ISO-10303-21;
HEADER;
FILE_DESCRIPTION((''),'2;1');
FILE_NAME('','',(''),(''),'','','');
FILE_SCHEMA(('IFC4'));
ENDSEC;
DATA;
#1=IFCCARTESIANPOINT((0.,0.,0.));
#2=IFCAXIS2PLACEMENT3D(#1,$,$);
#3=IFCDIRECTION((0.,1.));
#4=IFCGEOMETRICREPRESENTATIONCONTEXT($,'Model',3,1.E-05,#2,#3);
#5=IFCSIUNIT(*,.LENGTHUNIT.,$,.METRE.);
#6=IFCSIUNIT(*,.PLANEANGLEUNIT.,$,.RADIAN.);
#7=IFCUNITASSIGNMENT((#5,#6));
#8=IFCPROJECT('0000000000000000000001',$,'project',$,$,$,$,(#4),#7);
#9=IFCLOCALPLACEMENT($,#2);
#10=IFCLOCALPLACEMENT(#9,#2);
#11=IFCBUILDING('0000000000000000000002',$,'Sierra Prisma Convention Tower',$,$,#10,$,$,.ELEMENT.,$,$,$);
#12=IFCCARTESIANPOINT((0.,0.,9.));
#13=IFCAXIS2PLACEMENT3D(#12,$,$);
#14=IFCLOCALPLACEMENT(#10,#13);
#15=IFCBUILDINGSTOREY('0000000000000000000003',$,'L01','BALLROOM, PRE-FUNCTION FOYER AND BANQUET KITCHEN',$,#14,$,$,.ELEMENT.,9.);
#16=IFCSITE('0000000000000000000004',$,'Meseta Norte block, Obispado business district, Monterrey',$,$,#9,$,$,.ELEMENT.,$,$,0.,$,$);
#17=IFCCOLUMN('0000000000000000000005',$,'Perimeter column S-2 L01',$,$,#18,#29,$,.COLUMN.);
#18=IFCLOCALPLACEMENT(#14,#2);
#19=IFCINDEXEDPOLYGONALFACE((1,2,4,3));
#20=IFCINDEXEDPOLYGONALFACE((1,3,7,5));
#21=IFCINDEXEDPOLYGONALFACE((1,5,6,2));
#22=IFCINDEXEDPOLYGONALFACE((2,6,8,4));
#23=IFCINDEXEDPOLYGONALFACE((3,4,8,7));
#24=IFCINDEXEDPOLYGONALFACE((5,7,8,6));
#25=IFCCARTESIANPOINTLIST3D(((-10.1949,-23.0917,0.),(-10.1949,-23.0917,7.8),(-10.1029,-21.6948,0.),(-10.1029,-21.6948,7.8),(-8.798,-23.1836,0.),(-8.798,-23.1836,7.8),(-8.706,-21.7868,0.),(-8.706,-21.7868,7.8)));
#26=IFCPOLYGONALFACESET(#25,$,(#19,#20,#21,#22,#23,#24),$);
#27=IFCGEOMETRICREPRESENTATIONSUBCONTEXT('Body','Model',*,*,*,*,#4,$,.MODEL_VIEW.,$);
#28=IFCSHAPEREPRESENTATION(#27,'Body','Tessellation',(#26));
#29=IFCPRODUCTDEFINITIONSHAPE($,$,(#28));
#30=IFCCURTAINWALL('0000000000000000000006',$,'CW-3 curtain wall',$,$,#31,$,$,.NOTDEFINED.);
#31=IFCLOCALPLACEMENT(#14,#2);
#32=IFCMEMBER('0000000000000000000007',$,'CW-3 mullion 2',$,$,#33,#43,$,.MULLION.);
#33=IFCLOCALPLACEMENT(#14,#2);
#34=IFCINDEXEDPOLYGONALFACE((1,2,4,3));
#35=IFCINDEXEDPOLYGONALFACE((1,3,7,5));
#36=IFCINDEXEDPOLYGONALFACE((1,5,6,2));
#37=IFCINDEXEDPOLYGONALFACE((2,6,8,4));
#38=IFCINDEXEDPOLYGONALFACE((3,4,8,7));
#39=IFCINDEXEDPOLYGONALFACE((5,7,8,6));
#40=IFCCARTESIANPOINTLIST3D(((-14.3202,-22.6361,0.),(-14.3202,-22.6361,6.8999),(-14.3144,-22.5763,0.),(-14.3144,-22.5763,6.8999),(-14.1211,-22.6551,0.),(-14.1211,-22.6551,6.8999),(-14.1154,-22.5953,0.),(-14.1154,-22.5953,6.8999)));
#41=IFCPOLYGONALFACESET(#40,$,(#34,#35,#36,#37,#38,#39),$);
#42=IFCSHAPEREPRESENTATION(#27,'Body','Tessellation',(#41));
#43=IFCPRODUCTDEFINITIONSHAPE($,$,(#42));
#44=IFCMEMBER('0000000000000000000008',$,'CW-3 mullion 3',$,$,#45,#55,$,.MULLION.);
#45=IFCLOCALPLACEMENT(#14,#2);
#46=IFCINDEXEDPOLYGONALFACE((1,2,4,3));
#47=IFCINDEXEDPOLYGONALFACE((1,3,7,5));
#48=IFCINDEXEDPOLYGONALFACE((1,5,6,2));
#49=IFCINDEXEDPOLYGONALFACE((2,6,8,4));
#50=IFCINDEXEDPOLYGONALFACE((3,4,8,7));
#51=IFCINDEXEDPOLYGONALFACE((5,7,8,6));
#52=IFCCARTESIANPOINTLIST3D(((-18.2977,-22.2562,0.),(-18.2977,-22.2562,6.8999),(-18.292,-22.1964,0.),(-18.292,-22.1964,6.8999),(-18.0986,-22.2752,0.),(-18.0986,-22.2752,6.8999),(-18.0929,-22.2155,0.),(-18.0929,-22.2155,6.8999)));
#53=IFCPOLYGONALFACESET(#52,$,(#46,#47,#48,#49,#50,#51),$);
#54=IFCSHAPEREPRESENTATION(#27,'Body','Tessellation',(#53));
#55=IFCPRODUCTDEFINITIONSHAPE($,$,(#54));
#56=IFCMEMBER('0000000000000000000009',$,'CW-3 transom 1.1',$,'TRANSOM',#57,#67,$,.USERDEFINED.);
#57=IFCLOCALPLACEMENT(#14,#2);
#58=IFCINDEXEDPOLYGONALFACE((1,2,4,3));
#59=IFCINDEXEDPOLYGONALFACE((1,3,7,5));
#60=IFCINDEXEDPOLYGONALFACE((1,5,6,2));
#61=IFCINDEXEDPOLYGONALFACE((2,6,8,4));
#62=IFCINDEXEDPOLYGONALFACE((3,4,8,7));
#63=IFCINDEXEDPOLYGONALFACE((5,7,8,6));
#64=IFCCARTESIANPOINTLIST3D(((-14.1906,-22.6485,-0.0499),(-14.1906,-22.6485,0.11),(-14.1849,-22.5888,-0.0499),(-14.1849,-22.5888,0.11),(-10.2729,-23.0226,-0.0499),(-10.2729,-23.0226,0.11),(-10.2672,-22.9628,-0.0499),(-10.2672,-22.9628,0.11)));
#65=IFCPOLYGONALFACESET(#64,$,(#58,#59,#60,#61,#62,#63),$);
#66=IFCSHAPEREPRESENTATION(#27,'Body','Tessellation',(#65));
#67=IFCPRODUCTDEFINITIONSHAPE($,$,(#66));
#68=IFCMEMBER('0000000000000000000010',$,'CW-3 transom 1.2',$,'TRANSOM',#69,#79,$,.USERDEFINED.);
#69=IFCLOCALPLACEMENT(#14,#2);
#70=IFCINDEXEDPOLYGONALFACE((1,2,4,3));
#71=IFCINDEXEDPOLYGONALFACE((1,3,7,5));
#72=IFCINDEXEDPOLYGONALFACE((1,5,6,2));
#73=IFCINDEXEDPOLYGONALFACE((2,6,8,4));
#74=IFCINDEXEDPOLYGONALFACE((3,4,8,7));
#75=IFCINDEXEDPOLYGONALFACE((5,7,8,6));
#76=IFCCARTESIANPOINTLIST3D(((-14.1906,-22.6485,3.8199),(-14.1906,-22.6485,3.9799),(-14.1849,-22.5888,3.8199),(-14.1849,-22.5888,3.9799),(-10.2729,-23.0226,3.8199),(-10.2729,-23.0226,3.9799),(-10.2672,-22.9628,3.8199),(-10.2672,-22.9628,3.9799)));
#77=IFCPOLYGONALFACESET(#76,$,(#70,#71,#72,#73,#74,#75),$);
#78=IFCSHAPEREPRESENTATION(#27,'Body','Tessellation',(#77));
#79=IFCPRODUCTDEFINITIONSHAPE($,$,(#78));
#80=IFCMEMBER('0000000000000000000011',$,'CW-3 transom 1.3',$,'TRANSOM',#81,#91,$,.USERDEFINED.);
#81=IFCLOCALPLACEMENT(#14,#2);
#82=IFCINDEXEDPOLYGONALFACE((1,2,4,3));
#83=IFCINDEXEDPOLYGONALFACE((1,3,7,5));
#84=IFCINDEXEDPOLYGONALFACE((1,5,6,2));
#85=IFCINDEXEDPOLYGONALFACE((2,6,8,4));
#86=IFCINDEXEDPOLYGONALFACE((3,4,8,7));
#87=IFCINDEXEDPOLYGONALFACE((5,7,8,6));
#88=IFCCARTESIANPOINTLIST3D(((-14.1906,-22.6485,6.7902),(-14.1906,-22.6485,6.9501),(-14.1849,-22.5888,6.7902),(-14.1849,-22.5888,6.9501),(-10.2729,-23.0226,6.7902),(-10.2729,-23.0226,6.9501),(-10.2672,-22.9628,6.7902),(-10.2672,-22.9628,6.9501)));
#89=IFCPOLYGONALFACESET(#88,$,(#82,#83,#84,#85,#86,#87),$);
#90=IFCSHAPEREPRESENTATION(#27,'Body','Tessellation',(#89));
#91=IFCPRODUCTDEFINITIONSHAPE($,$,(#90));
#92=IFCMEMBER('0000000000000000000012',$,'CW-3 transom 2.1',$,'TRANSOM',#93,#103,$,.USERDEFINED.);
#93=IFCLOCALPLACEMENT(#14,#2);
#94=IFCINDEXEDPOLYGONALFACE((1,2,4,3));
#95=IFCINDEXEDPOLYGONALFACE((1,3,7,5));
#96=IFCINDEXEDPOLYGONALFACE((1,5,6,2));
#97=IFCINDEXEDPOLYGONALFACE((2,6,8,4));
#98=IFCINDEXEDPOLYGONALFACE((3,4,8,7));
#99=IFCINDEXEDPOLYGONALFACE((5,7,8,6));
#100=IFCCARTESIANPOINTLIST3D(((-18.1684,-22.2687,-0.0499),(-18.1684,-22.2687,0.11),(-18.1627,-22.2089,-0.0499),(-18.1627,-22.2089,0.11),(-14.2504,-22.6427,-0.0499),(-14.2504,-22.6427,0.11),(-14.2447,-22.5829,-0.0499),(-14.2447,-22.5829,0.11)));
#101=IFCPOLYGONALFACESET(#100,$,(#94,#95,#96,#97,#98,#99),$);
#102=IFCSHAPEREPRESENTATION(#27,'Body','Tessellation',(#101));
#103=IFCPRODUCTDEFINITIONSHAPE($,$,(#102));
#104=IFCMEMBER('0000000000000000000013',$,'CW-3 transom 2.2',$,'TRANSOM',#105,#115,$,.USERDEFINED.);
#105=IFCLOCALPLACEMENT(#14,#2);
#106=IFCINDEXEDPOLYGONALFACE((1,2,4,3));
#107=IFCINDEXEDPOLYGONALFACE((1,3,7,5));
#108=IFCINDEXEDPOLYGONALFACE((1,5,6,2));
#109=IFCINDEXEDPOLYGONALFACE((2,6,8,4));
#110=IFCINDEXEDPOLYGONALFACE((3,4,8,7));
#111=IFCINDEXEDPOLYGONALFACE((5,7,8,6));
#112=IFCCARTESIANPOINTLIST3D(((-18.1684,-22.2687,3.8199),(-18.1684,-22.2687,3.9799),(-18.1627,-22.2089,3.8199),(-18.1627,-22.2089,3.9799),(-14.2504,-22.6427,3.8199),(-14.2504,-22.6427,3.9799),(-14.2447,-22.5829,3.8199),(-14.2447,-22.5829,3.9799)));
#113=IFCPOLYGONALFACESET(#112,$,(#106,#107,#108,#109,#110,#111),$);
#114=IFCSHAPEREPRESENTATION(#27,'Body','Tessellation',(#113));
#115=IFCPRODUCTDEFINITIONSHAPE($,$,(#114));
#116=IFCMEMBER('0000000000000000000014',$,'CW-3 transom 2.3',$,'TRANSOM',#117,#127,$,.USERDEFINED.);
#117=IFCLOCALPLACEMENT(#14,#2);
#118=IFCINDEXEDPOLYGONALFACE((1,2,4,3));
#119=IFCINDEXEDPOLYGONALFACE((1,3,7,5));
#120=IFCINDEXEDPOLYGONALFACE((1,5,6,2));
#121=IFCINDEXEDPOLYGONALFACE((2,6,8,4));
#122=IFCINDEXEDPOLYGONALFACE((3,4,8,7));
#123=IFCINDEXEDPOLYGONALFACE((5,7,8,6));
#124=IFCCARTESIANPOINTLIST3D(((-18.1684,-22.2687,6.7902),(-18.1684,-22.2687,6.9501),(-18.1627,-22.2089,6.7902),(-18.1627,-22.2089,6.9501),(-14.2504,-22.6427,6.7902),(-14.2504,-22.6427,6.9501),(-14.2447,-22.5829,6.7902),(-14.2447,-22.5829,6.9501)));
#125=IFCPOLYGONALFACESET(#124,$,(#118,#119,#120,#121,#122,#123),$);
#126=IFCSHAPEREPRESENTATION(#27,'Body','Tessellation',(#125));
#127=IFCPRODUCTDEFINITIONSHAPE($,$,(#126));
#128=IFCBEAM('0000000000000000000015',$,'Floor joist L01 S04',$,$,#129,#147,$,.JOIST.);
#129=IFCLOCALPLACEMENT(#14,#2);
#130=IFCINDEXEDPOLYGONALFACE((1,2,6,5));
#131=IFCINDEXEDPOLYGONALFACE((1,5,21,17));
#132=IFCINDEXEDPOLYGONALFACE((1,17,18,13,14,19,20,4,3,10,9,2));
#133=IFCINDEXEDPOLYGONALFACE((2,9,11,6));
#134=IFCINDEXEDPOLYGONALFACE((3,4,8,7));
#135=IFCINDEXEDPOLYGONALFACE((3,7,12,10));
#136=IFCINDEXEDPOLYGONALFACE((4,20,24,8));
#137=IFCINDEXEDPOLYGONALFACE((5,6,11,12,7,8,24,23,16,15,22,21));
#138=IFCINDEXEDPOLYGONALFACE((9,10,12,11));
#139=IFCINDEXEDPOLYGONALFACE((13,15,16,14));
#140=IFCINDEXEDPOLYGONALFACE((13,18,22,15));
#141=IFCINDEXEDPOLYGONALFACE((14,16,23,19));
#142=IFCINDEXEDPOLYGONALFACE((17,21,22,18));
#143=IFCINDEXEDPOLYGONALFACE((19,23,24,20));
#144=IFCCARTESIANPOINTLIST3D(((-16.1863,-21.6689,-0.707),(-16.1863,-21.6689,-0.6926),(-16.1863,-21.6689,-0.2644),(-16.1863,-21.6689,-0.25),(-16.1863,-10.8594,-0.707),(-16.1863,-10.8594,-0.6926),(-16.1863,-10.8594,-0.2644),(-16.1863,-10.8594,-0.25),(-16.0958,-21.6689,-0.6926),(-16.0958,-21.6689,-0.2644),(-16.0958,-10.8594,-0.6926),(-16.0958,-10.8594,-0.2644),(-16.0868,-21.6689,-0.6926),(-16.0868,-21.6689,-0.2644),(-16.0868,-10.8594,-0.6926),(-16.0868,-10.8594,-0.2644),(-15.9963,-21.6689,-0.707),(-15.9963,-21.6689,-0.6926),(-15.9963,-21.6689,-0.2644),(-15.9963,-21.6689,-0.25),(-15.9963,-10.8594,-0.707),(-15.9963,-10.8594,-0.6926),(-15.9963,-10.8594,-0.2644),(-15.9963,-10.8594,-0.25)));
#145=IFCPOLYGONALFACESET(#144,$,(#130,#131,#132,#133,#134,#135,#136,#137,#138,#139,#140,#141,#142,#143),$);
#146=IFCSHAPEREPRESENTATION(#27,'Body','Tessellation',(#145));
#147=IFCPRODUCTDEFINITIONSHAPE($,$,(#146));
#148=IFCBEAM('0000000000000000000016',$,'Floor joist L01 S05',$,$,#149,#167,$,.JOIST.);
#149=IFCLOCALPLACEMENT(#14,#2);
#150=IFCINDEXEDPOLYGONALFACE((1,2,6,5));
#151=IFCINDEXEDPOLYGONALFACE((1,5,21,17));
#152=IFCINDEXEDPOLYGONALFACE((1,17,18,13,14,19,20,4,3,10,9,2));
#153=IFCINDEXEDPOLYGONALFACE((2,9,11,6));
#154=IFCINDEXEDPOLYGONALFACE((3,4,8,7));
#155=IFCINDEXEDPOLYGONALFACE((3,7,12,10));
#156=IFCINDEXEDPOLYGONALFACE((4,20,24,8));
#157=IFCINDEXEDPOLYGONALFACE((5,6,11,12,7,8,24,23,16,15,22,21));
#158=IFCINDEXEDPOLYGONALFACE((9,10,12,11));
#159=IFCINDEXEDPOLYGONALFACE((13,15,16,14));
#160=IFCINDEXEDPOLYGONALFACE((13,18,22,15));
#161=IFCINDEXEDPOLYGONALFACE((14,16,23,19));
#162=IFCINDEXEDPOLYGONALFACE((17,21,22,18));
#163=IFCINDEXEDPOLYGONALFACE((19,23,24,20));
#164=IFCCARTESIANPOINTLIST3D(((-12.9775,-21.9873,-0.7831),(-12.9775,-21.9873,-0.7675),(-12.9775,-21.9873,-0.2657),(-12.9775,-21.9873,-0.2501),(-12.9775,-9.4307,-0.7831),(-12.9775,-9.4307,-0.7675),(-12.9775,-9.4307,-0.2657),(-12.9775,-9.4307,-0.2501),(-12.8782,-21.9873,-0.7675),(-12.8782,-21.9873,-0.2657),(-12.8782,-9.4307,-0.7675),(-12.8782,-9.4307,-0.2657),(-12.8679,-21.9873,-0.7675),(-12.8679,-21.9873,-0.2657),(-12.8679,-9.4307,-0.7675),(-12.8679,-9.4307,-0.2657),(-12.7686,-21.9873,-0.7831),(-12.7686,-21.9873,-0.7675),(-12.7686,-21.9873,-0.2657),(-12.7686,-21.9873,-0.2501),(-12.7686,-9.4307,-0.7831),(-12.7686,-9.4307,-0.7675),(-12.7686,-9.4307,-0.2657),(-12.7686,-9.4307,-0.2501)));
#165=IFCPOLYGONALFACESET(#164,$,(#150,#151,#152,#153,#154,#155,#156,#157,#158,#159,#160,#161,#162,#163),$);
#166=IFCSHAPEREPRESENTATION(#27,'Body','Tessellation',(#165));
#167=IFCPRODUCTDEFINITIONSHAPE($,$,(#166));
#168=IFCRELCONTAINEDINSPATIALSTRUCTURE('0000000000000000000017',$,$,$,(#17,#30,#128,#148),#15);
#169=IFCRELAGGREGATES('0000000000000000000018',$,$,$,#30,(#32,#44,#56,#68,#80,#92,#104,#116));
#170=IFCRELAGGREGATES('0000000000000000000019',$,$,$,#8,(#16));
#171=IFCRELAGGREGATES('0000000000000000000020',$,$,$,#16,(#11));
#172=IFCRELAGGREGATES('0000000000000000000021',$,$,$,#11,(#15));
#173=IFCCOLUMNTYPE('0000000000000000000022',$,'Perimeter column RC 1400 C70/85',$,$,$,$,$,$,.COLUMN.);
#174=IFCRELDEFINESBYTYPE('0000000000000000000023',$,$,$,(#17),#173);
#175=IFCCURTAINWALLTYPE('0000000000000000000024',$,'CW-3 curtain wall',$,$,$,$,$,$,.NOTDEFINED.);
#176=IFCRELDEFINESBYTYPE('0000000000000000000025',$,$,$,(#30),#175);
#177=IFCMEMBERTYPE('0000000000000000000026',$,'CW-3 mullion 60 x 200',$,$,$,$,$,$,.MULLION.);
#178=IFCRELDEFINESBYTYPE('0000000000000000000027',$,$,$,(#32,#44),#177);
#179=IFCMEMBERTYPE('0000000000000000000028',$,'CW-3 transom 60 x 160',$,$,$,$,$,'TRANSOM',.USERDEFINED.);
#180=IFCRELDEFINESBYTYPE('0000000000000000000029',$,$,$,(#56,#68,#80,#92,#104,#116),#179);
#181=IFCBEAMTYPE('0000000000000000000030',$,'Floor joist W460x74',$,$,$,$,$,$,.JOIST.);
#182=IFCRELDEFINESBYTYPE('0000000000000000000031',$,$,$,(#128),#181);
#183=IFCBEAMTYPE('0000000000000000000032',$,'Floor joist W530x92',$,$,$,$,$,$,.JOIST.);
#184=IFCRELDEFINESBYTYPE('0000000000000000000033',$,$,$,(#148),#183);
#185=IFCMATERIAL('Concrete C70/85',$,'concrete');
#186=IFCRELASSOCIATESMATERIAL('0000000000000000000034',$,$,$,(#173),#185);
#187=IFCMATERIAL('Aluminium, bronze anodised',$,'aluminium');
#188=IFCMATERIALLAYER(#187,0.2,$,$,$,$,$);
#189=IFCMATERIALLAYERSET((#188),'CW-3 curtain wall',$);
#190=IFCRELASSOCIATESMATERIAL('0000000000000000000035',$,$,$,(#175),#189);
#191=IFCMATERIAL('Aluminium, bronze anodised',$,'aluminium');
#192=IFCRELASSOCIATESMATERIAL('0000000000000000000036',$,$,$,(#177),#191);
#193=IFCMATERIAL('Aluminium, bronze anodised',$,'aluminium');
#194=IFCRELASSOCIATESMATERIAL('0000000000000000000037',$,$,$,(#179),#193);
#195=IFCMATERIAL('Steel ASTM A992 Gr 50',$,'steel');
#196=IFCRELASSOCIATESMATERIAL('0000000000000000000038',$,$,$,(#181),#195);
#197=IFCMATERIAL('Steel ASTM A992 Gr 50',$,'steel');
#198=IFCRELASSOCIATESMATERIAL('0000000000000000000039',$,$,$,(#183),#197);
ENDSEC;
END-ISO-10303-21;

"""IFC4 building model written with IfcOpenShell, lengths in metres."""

from ifc_helpers import new_model, si_unit, direction, frame, origin, origin_2d, place, context, subcontext, project, spatial, rectangle, i_section, extrude, material, layer, layer_set, material_profile, profile_set, type_object, element, aggregate, save


model = new_model("IFC4")

# Units and contexts
model_context = context("Model", 3, precision=1e-05, world=origin(), true_north=direction((0.0, 1.0)))
body_context = subcontext(model_context, "Body", "Model", "MODEL_VIEW")
ifc_project = project(units=[si_unit("LENGTHUNIT", "METRE"), si_unit("PLANEANGLEUNIT", "RADIAN")], contexts=[model_context])

# Site, building, storey
site_placement = place(None, origin())
site = spatial("IfcSite", under=ifc_project, at=site_placement, Name="Meseta Norte block, Obispado business district, Monterrey", CompositionType="ELEMENT", RefElevation=0.0)
building_placement = place(site_placement, origin())
building = spatial("IfcBuilding", under=site, at=building_placement, Name="Sierra Prisma Convention Tower", CompositionType="ELEMENT")
storey_placement = place(building_placement, frame((0.0, 0.0, 9.0)))
storey = spatial("IfcBuildingStorey", under=building, at=storey_placement, Name="L01", Description="BALLROOM, PRE-FUNCTION FOYER AND BANQUET KITCHEN", CompositionType="ELEMENT", Elevation=9.0)

# Column
ifc_material_1 = material(Name="Concrete C70/85", Category="concrete")
ifc_material_profile_1 = material_profile(ifc_material_1, rectangle(XDim=1.3999, YDim=1.3999, at=origin_2d()), Name="Perimeter column RC 1400 C70/85")
ifc_profile_set_1 = profile_set([ifc_material_profile_1], Name="Concrete C70/85")
column_type = type_object("IfcColumnType", Name="Perimeter column RC 1400 C70/85", PredefinedType="COLUMN", material=ifc_profile_set_1)
column_placement = place(storey_placement, frame((-9.4504, -22.4392, 0.0), z_axis=(0.0, 0.0, 1.0), x_axis=(-0.997839, 0.065699, 0.0)))
element("IfcColumn", 1, at=column_placement, inside=storey, type_object=column_type, Name="Perimeter column S-2 L01", PredefinedType="COLUMN", context=body_context, shape_type="SweptSolid", body=[
    extrude(rectangle(XDim=1.3999, YDim=1.3999, at=origin_2d()), origin(), (0.0, 0.0, 1.0), 7.8),
])

# Curtain wall, members
ifc_material_2 = material(Name="Aluminium, bronze anodised", Category="aluminium")
ifc_layer_1 = layer(ifc_material_2, 0.2)
ifc_layer_set_1 = layer_set([ifc_layer_1], Name="CW-3 curtain wall")
curtain_wall_type = type_object("IfcCurtainWallType", Name="CW-3 curtain wall", PredefinedType="NOTDEFINED", material=ifc_layer_set_1)
curtain_wall_placement = place(storey_placement, origin())
curtain_wall = element("IfcCurtainWall", 2, at=curtain_wall_placement, inside=storey, type_object=curtain_wall_type, Name="CW-3 curtain wall", PredefinedType="NOTDEFINED")
ifc_material_3 = material(Name="Aluminium, bronze anodised", Category="aluminium")
ifc_material_profile_2 = material_profile(ifc_material_3, rectangle(XDim=0.0601, YDim=0.2, at=origin_2d()), Name="CW-3 mullion 60 x 200")
ifc_profile_set_2 = profile_set([ifc_material_profile_2], Name="Aluminium, bronze anodised")
member_type_1 = type_object("IfcMemberType", Name="CW-3 mullion 60 x 200", PredefinedType="MULLION", material=ifc_profile_set_2)
member_1_placement = place(storey_placement, frame((-14.2178, -22.6157, 0.0), z_axis=(0.0, 0.0, 1.0), x_axis=(-0.095075, -0.99547, 0.0)))
member_1 = element("IfcMember", 3, at=member_1_placement, type_object=member_type_1, Name="CW-3 mullion 2", PredefinedType="MULLION", context=body_context, shape_type="SweptSolid", body=[
    extrude(rectangle(XDim=0.0601, YDim=0.2, at=origin_2d()), origin(), (0.0, 0.0, 1.0), 6.8999),
])
member_2_placement = place(storey_placement, frame((-18.1953, -22.2358, 0.0), z_axis=(0.0, 0.0, 1.0), x_axis=(-0.095075, -0.99547, 0.0)))
member_2 = element("IfcMember", 4, at=member_2_placement, type_object=member_type_1, Name="CW-3 mullion 3", PredefinedType="MULLION", context=body_context, shape_type="SweptSolid", body=[
    extrude(rectangle(XDim=0.0601, YDim=0.2, at=origin_2d()), origin(), (0.0, 0.0, 1.0), 6.8999),
])
ifc_material_4 = material(Name="Aluminium, bronze anodised", Category="aluminium")
ifc_material_profile_3 = material_profile(ifc_material_4, rectangle(XDim=0.0601, YDim=0.1599, at=origin_2d()), Name="CW-3 transom 60 x 160")
ifc_profile_set_3 = profile_set([ifc_material_profile_3], Name="Aluminium, bronze anodised")
member_type_2 = type_object("IfcMemberType", Name="CW-3 transom 60 x 160", ElementType="TRANSOM", PredefinedType="USERDEFINED", material=ifc_profile_set_3)
member_3_placement = place(storey_placement, frame((-10.27, -22.9927, 0.03), z_axis=(-0.995474, 0.095037, 0.0), x_axis=(-0.095037, -0.995474, 0.0)))
member_3 = element("IfcMember", 5, at=member_3_placement, type_object=member_type_2, Name="CW-3 transom 1.1", ObjectType="TRANSOM", PredefinedType="USERDEFINED", context=body_context, shape_type="SweptSolid", body=[
    extrude(rectangle(XDim=0.0601, YDim=0.1599, at=origin_2d()), origin(), (0.0, 0.0, 1.0), 3.9355),
])
member_4_placement = place(storey_placement, frame((-10.27, -22.9927, 3.8999), z_axis=(-0.995474, 0.095037, 0.0), x_axis=(-0.095037, -0.995474, 0.0)))
member_4 = element("IfcMember", 6, at=member_4_placement, type_object=member_type_2, Name="CW-3 transom 1.2", ObjectType="TRANSOM", PredefinedType="USERDEFINED", context=body_context, shape_type="SweptSolid", body=[
    extrude(rectangle(XDim=0.0601, YDim=0.1599, at=origin_2d()), origin(), (0.0, 0.0, 1.0), 3.9355),
])
member_5_placement = place(storey_placement, frame((-10.27, -22.9927, 6.8701), z_axis=(-0.995474, 0.095037, 0.0), x_axis=(-0.095037, -0.995474, 0.0)))
member_5 = element("IfcMember", 7, at=member_5_placement, type_object=member_type_2, Name="CW-3 transom 1.3", ObjectType="TRANSOM", PredefinedType="USERDEFINED", context=body_context, shape_type="SweptSolid", body=[
    extrude(rectangle(XDim=0.0601, YDim=0.1599, at=origin_2d()), origin(), (0.0, 0.0, 1.0), 3.9355),
])
member_6_placement = place(storey_placement, frame((-14.2476, -22.6128, 0.03), z_axis=(-0.995474, 0.095032, 0.0), x_axis=(-0.095032, -0.995474, 0.0)))
member_6 = element("IfcMember", 8, at=member_6_placement, type_object=member_type_2, Name="CW-3 transom 2.1", ObjectType="TRANSOM", PredefinedType="USERDEFINED", context=body_context, shape_type="SweptSolid", body=[
    extrude(rectangle(XDim=0.0601, YDim=0.1599, at=origin_2d()), origin(), (0.0, 0.0, 1.0), 3.9358),
])
member_7_placement = place(storey_placement, frame((-14.2476, -22.6128, 3.8999), z_axis=(-0.995474, 0.095032, 0.0), x_axis=(-0.095032, -0.995474, 0.0)))
member_7 = element("IfcMember", 9, at=member_7_placement, type_object=member_type_2, Name="CW-3 transom 2.2", ObjectType="TRANSOM", PredefinedType="USERDEFINED", context=body_context, shape_type="SweptSolid", body=[
    extrude(rectangle(XDim=0.0601, YDim=0.1599, at=origin_2d()), origin(), (0.0, 0.0, 1.0), 3.9358),
])
member_8_placement = place(storey_placement, frame((-14.2476, -22.6128, 6.8701), z_axis=(-0.995474, 0.095032, 0.0), x_axis=(-0.095032, -0.995474, 0.0)))
member_8 = element("IfcMember", 10, at=member_8_placement, type_object=member_type_2, Name="CW-3 transom 2.3", ObjectType="TRANSOM", PredefinedType="USERDEFINED", context=body_context, shape_type="SweptSolid", body=[
    extrude(rectangle(XDim=0.0601, YDim=0.1599, at=origin_2d()), origin(), (0.0, 0.0, 1.0), 3.9358),
])

# Beams
ifc_material_5 = material(Name="Steel ASTM A992 Gr 50", Category="steel")
ifc_material_profile_4 = material_profile(ifc_material_5, i_section(OverallWidth=0.1899, OverallDepth=0.457, WebThickness=0.009, FlangeThickness=0.0144, at=origin_2d()), Name="W460x74")
ifc_profile_set_4 = profile_set([ifc_material_profile_4], Name="Steel ASTM A992 Gr 50")
beam_type_1 = type_object("IfcBeamType", Name="Floor joist W460x74", PredefinedType="JOIST", material=ifc_profile_set_4)
beam_1_placement = place(storey_placement, frame((-16.0913, -21.6689, -0.4785), z_axis=(0.0, 1.0, 0.0), x_axis=(-1.0, 0.0, 0.0)))
element("IfcBeam", 11, at=beam_1_placement, inside=storey, type_object=beam_type_1, Name="Floor joist L01 S04", PredefinedType="JOIST", context=body_context, shape_type="SweptSolid", body=[
    extrude(i_section(OverallWidth=0.1899, OverallDepth=0.457, WebThickness=0.009, FlangeThickness=0.0144, at=origin_2d()), origin(), (0.0, 0.0, 1.0), 10.8096),
])
ifc_material_6 = material(Name="Steel ASTM A992 Gr 50", Category="steel")
ifc_material_profile_5 = material_profile(ifc_material_6, i_section(OverallWidth=0.209, OverallDepth=0.533, WebThickness=0.0103, FlangeThickness=0.0156, at=origin_2d()), Name="W530x92")
ifc_profile_set_5 = profile_set([ifc_material_profile_5], Name="Steel ASTM A992 Gr 50")
beam_type_2 = type_object("IfcBeamType", Name="Floor joist W530x92", PredefinedType="JOIST", material=ifc_profile_set_5)
beam_2_placement = place(storey_placement, frame((-12.873, -21.9873, -0.5166), z_axis=(0.0, 1.0, 0.0), x_axis=(-1.0, 0.0, 0.0)))
element("IfcBeam", 12, at=beam_2_placement, inside=storey, type_object=beam_type_2, Name="Floor joist L01 S05", PredefinedType="JOIST", context=body_context, shape_type="SweptSolid", body=[
    extrude(i_section(OverallWidth=0.209, OverallDepth=0.533, WebThickness=0.0103, FlangeThickness=0.0156, at=origin_2d()), origin(), (0.0, 0.0, 1.0), 12.5566),
])

aggregate(curtain_wall, [member_1, member_2, member_3, member_4, member_5, member_6, member_7, member_8])

save(model, "model.ifc")
